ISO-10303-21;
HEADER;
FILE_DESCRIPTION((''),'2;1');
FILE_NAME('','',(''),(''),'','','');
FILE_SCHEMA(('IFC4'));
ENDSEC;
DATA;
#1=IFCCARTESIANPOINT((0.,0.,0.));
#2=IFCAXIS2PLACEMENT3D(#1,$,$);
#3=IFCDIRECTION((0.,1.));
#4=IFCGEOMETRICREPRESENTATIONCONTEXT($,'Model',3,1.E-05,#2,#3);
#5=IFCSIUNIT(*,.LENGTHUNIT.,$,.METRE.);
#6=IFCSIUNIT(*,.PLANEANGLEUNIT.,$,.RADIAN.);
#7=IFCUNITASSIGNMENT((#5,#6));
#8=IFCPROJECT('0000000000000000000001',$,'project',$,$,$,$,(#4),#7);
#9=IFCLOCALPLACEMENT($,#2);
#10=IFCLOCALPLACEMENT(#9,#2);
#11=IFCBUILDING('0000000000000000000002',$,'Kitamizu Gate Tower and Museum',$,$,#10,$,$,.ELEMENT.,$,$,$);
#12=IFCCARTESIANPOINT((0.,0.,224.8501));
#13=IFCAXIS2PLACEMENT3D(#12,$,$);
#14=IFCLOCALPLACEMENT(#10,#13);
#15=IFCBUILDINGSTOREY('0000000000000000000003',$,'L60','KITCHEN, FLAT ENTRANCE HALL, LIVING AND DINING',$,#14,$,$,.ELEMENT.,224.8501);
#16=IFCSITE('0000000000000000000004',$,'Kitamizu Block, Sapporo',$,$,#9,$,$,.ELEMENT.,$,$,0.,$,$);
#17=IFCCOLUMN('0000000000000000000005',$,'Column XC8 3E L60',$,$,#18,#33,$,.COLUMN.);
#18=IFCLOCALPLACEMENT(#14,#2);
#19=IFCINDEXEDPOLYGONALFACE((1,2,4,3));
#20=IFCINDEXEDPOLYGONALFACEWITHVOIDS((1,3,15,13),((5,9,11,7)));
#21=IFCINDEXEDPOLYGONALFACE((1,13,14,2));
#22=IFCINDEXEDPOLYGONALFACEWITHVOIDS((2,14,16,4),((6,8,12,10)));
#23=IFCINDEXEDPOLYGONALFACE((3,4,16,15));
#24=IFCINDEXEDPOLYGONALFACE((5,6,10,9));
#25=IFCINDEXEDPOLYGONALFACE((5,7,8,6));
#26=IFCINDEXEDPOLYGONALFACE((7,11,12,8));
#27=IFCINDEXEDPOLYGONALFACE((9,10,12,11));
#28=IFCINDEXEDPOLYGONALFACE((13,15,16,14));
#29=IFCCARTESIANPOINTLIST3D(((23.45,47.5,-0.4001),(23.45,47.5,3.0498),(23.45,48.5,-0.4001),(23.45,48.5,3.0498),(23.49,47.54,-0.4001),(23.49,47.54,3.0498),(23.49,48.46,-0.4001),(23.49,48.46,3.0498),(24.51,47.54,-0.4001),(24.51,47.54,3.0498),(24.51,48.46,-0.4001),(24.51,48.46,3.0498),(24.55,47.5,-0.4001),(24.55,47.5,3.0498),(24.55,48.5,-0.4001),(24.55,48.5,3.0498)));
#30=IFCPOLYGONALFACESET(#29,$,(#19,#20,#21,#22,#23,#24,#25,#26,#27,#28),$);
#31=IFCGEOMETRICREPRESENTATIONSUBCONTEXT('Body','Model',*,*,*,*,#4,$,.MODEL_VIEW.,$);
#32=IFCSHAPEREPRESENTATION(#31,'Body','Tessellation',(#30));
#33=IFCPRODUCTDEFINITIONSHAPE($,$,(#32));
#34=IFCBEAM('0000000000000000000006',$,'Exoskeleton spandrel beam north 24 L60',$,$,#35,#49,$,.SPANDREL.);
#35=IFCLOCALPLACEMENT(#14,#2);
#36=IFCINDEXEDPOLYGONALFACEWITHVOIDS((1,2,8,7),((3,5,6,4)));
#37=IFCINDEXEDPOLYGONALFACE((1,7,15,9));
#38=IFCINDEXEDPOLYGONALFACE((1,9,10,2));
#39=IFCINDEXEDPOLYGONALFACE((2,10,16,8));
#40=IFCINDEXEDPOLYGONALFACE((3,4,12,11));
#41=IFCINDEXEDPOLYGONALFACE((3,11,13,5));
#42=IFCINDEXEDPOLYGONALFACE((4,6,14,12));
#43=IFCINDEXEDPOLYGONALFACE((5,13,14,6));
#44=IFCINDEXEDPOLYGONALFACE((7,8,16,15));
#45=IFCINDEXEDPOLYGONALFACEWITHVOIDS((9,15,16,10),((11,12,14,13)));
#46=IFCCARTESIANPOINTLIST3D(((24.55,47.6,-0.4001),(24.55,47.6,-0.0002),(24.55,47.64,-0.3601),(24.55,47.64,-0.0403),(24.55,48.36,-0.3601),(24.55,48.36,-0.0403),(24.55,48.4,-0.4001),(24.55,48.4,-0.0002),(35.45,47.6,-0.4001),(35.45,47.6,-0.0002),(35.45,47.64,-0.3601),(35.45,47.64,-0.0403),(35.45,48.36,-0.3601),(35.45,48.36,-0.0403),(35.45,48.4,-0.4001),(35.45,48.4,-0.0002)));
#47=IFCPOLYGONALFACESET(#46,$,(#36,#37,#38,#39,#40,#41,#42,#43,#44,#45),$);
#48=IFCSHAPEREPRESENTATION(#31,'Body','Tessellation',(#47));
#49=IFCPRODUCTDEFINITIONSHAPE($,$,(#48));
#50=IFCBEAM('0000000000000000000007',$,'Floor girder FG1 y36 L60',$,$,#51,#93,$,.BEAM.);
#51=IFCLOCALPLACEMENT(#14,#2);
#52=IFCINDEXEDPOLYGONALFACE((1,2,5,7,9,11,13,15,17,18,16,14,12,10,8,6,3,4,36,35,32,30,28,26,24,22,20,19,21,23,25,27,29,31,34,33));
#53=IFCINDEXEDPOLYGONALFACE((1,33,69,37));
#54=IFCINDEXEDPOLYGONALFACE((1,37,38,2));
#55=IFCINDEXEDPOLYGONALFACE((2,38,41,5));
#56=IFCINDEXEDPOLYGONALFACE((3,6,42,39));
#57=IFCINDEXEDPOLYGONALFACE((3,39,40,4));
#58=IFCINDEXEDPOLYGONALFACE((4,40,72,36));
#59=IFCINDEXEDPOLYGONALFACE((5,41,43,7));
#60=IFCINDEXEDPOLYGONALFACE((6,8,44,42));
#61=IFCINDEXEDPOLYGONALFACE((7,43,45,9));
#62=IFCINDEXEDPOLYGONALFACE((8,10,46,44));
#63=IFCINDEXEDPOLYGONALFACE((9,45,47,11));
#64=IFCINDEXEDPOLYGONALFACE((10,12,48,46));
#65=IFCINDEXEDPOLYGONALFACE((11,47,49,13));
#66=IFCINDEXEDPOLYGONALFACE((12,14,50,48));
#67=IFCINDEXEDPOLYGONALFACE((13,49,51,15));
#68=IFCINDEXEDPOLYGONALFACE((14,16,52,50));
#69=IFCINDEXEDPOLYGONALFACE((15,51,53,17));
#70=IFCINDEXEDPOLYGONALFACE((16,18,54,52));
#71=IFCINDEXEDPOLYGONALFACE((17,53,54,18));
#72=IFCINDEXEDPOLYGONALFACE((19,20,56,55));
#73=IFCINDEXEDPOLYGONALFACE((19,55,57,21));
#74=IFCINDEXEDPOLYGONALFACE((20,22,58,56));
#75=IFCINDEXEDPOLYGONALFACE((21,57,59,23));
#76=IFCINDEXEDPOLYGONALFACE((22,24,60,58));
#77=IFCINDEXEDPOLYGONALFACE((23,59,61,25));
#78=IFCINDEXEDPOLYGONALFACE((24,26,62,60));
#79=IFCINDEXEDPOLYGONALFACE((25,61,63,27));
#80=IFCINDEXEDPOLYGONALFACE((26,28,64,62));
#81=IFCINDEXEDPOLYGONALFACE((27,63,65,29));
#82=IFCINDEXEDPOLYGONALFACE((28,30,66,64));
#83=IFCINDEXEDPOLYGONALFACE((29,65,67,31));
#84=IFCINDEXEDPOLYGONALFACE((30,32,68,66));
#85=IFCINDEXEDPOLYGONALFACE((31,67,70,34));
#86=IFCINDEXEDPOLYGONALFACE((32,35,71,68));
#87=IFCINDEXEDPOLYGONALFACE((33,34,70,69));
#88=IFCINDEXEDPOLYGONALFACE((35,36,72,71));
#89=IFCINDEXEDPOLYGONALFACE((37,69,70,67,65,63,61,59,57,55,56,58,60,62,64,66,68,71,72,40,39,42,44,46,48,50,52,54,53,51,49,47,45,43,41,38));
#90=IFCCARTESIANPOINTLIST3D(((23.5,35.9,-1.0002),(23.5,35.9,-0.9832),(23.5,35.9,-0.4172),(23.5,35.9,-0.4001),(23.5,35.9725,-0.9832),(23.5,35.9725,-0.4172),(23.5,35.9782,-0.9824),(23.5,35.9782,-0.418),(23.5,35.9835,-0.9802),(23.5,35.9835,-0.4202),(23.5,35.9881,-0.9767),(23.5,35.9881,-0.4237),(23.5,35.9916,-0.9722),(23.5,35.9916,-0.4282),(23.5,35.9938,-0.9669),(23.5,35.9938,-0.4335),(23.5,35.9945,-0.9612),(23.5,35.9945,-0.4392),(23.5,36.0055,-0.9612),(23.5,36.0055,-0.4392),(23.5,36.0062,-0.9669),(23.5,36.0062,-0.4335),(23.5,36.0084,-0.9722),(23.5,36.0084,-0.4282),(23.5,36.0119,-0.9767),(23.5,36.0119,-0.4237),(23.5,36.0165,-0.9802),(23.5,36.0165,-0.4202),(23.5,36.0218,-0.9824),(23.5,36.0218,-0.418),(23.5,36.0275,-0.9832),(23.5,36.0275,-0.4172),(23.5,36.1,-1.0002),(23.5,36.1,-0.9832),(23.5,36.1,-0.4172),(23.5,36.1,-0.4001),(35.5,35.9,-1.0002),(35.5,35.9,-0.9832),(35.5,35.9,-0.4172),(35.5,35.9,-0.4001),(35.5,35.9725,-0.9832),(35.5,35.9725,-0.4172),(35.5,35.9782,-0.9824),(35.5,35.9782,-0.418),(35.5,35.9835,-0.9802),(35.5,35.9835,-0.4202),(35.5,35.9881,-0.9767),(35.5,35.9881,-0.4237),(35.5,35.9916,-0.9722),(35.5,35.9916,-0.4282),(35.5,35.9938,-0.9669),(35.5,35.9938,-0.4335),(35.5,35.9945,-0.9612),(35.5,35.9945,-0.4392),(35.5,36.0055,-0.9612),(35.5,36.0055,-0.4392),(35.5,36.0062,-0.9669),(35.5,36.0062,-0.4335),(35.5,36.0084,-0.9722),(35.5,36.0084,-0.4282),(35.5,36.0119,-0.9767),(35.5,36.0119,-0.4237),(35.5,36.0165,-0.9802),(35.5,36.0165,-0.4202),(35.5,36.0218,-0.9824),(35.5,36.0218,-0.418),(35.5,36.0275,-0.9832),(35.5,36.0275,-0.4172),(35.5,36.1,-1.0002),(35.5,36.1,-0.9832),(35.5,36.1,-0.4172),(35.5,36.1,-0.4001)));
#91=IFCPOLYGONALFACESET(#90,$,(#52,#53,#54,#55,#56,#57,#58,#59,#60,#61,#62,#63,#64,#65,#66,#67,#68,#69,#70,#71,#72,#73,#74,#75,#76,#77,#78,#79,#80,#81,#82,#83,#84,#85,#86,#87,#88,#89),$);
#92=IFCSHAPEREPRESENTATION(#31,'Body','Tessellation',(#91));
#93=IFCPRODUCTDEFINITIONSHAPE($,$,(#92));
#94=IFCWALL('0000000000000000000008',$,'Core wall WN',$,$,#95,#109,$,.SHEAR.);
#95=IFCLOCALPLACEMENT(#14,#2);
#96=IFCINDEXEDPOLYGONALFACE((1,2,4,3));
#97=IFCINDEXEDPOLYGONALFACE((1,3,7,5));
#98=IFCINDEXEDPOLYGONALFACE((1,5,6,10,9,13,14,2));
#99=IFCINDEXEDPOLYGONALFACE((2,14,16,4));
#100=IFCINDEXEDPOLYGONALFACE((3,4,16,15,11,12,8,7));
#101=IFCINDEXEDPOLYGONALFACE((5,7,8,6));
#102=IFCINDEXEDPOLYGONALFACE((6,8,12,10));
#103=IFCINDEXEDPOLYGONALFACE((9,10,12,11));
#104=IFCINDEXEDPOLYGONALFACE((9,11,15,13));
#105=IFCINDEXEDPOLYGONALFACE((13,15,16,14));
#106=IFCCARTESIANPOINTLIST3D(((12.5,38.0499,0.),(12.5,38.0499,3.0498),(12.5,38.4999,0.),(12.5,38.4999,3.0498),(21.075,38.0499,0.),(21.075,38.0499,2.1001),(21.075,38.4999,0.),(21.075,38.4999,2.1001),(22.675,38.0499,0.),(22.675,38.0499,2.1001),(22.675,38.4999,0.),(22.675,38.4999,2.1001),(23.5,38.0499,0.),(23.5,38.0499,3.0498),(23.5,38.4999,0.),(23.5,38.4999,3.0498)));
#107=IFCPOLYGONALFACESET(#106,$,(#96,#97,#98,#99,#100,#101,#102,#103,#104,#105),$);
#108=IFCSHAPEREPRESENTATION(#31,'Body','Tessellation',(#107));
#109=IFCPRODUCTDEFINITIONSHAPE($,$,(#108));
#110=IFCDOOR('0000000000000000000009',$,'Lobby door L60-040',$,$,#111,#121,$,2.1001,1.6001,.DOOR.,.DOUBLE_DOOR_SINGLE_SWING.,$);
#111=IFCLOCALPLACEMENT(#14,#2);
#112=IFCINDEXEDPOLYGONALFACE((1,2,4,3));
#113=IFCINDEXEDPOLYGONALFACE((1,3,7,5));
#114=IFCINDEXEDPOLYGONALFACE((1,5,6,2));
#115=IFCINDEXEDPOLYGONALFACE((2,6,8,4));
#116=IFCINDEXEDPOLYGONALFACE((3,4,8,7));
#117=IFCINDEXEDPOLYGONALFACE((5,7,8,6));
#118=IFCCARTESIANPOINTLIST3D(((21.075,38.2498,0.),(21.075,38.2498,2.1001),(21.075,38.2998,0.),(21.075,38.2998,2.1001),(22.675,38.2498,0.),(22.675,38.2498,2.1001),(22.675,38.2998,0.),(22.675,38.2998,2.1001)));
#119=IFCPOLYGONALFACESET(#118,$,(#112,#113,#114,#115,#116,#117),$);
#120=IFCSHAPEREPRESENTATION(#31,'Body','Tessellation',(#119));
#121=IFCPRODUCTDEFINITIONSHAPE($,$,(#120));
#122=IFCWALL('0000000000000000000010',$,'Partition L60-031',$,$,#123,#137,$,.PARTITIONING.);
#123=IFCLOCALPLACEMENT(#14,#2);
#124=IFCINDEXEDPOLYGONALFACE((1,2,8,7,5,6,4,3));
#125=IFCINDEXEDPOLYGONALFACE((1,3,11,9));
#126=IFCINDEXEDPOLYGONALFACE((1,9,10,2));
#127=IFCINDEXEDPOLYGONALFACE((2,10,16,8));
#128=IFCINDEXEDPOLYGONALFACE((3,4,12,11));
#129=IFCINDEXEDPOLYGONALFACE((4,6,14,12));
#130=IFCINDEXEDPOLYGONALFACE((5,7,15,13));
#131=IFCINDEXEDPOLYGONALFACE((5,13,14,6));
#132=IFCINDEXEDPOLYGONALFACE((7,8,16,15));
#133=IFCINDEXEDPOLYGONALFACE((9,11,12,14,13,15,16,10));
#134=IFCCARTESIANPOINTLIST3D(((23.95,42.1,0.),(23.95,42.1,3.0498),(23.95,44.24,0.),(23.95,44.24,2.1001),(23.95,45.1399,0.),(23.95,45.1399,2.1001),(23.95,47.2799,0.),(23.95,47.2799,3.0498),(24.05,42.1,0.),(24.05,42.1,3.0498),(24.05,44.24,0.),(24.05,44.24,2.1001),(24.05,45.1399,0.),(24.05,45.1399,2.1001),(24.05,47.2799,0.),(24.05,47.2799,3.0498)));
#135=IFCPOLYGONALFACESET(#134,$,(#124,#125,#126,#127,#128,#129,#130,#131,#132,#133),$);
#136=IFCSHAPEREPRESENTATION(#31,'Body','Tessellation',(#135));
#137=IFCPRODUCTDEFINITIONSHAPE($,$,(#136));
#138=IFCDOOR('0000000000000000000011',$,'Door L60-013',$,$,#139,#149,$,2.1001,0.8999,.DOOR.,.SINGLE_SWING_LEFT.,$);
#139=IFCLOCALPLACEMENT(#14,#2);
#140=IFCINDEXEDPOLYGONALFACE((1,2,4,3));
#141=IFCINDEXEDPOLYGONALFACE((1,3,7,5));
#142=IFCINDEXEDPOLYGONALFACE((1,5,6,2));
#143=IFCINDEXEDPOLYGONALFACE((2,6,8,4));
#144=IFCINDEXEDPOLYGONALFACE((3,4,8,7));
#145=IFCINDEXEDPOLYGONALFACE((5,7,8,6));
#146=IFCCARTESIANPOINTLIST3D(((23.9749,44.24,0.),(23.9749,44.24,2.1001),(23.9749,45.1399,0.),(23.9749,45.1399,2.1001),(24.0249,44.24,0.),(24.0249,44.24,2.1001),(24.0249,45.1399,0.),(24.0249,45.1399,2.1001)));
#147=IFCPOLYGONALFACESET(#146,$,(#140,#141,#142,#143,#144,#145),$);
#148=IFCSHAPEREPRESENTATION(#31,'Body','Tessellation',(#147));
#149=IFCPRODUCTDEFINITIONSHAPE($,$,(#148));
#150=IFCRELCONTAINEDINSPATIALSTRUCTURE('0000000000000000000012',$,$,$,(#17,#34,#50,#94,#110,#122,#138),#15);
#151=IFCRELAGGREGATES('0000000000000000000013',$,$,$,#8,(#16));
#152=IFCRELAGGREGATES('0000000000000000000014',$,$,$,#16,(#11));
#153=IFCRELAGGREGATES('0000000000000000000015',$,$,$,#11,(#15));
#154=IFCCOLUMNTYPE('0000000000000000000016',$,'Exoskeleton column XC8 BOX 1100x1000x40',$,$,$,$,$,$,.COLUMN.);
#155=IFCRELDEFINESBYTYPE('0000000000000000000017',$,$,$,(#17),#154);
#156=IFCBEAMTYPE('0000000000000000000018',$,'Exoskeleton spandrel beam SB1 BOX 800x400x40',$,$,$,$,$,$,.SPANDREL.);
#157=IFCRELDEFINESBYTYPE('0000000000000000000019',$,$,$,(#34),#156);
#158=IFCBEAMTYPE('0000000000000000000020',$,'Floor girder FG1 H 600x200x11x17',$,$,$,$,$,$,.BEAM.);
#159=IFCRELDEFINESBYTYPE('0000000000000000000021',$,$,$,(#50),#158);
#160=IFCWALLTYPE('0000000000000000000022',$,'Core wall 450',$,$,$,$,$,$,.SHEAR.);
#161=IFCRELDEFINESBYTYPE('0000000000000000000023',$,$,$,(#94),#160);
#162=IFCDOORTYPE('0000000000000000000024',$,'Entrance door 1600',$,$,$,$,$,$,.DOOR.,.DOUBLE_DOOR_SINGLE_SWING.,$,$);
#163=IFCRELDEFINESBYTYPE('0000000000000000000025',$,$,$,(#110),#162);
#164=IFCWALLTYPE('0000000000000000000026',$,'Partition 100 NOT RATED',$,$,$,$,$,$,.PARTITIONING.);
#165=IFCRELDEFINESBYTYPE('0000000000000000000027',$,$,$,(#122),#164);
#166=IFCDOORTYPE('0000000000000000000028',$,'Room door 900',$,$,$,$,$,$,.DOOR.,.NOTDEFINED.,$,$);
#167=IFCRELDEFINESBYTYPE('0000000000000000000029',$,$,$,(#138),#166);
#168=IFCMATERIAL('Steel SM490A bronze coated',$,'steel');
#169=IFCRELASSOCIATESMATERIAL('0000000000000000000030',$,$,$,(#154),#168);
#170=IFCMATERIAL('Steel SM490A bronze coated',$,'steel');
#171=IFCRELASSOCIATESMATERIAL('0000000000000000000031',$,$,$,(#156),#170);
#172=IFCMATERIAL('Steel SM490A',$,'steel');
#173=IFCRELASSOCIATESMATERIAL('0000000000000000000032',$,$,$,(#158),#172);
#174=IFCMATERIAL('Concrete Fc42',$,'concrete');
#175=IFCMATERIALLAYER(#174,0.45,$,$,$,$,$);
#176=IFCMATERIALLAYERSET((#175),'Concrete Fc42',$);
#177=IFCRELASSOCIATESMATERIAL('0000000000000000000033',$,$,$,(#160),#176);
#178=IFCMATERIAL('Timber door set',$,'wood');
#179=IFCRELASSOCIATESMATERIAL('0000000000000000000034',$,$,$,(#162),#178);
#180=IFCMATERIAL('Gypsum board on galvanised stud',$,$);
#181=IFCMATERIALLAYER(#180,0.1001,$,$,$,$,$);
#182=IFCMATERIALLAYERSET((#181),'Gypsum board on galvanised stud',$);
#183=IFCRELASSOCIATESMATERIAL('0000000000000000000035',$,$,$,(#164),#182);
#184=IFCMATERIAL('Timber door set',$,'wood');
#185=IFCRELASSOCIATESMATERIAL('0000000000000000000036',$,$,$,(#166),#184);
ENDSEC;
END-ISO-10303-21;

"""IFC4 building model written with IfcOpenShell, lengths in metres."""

from ifc_helpers import new_model, si_unit, direction, frame, frame_2d, origin, origin_2d, place, context, subcontext, project, spatial, rectangle, hollow_rectangle, i_section, extrude, material, layer, layer_set, material_profile, profile_set, type_object, element, fill, save


model = new_model("IFC4")

# Units and contexts
model_context = context("Model", 3, precision=1e-05, world=origin(), true_north=direction((0.0, 1.0)))
body_context = subcontext(model_context, "Body", "Model", "MODEL_VIEW")
ifc_project = project(units=[si_unit("LENGTHUNIT", "METRE"), si_unit("PLANEANGLEUNIT", "RADIAN")], contexts=[model_context])

# Site, building, storey
site_placement = place(None, origin())
site = spatial("IfcSite", under=ifc_project, at=site_placement, Name="Kitamizu Block, Sapporo", CompositionType="ELEMENT", RefElevation=0.0)
building_placement = place(site_placement, origin())
building = spatial("IfcBuilding", under=site, at=building_placement, Name="Kitamizu Gate Tower and Museum", CompositionType="ELEMENT")
storey_placement = place(building_placement, frame((0.0, 0.0, 224.8501)))
storey = spatial("IfcBuildingStorey", under=building, at=storey_placement, Name="L60", Description="KITCHEN, FLAT ENTRANCE HALL, LIVING AND DINING", CompositionType="ELEMENT", Elevation=224.8501)

# Column
ifc_material_1 = material(Name="Steel SM490A bronze coated", Category="steel")
ifc_material_profile_1 = material_profile(ifc_material_1, hollow_rectangle(XDim=1.1001, YDim=1.0, WallThickness=0.04, at=origin_2d()), Name="BOX 1100x1000x40")
ifc_profile_set_1 = profile_set([ifc_material_profile_1], Name="Steel SM490A bronze coated")
column_type = type_object("IfcColumnType", Name="Exoskeleton column XC8 BOX 1100x1000x40", PredefinedType="COLUMN", material=ifc_profile_set_1)
column_placement = place(storey_placement, frame((24.0, 48.0, -0.4001), z_axis=(0.0, 0.0, 1.0), x_axis=(1.0, 0.0, 0.0)))
element("IfcColumn", 1, at=column_placement, inside=storey, type_object=column_type, Name="Column XC8 3E L60", PredefinedType="COLUMN", context=body_context, shape_type="SweptSolid", body=[
    extrude(hollow_rectangle(XDim=1.1001, YDim=1.0, WallThickness=0.04, at=origin_2d()), origin(), (0.0, 0.0, 1.0), 3.45),
])

# Beams
ifc_material_2 = material(Name="Steel SM490A bronze coated", Category="steel")
ifc_material_profile_2 = material_profile(ifc_material_2, hollow_rectangle(XDim=0.8, YDim=0.3999, WallThickness=0.04, at=origin_2d()), Name="BOX 800x400x40")
ifc_profile_set_2 = profile_set([ifc_material_profile_2], Name="Steel SM490A bronze coated")
beam_type_1 = type_object("IfcBeamType", Name="Exoskeleton spandrel beam SB1 BOX 800x400x40", PredefinedType="SPANDREL", material=ifc_profile_set_2)
beam_1_placement = place(storey_placement, frame((24.55, 48.0, -0.2002), z_axis=(1.0, 0.0, 0.0), x_axis=(0.0, 1.0, 0.0)))
element("IfcBeam", 2, at=beam_1_placement, inside=storey, type_object=beam_type_1, Name="Exoskeleton spandrel beam north 24 L60", PredefinedType="SPANDREL", context=body_context, shape_type="SweptSolid", body=[
    extrude(hollow_rectangle(XDim=0.8, YDim=0.3999, WallThickness=0.04, at=origin_2d()), origin(), (0.0, 0.0, 1.0), 10.8999),
])
ifc_material_3 = material(Name="Steel SM490A", Category="steel")
ifc_material_profile_3 = material_profile(ifc_material_3, i_section(OverallWidth=0.2, OverallDepth=0.6001, WebThickness=0.011, FlangeThickness=0.0171, FilletRadius=0.022, at=origin_2d()), Name="H-600x200x11x17")
ifc_profile_set_3 = profile_set([ifc_material_profile_3], Name="Steel SM490A")
beam_type_2 = type_object("IfcBeamType", Name="Floor girder FG1 H 600x200x11x17", PredefinedType="BEAM", material=ifc_profile_set_3)
beam_2_placement = place(storey_placement, frame((23.5, 36.0, -0.7002), z_axis=(1.0, 0.0, 0.0), x_axis=(0.0, 1.0, 0.0)))
element("IfcBeam", 3, at=beam_2_placement, inside=storey, type_object=beam_type_2, Name="Floor girder FG1 y36 L60", PredefinedType="BEAM", context=body_context, shape_type="SweptSolid", body=[
    extrude(i_section(OverallWidth=0.2, OverallDepth=0.6001, WebThickness=0.011, FlangeThickness=0.0171, FilletRadius=0.022, at=origin_2d()), origin(), (0.0, 0.0, 1.0), 12.0),
])

# Walls, openings, doors
ifc_material_4 = material(Name="Concrete Fc42", Category="concrete")
ifc_layer_1 = layer(ifc_material_4, 0.45)
ifc_layer_set_1 = layer_set([ifc_layer_1], Name="Concrete Fc42")
wall_type_1 = type_object("IfcWallType", Name="Core wall 450", PredefinedType="SHEAR", material=ifc_layer_set_1)
wall_1_placement = place(storey_placement, frame((12.5, 38.2749, 0.0), z_axis=(0.0, 0.0, 1.0), x_axis=(1.0, 0.0, 0.0)))
wall_1 = element("IfcWall", 4, at=wall_1_placement, inside=storey, type_object=wall_type_1, Name="Core wall WN", PredefinedType="SHEAR", context=body_context, shape_type="SweptSolid", body=[
    extrude(rectangle(XDim=11.0, YDim=0.45, at=frame_2d((5.5, 0.0))), origin(), (0.0, 0.0, 1.0), 3.0498),
])
opening_1_placement = place(wall_1_placement, frame((8.575, 0.0, 0.0)))
opening_1 = element("IfcOpeningElement", 5, at=opening_1_placement, cuts=wall_1, PredefinedType="OPENING", context=body_context, shape_type="SweptSolid", body=[
    extrude(rectangle(XDim=1.6001, YDim=2.1001, at=frame_2d((0.8, 1.05))), frame((0.0, 0.2349, 0.0), z_axis=(0.0, -1.0, 0.0), x_axis=(1.0, 0.0, 0.0)), (0.0, 0.0, 1.0), 0.47),
])
ifc_material_5 = material(Name="Timber door set", Category="wood")
door_type_1 = type_object("IfcDoorType", Name="Entrance door 1600", OperationType="DOUBLE_DOOR_SINGLE_SWING", PredefinedType="DOOR", material=ifc_material_5)
door_1_placement = place(opening_1_placement, origin())
door_1 = element("IfcDoor", 6, at=door_1_placement, inside=storey, type_object=door_type_1, Name="Lobby door L60-040", OperationType="DOUBLE_DOOR_SINGLE_SWING", OverallHeight=2.1001, OverallWidth=1.6001, PredefinedType="DOOR", context=body_context, shape_type="SweptSolid", body=[
    extrude(rectangle(XDim=1.6001, YDim=2.1001, at=frame_2d((0.8, 1.05))), frame((0.0, 0.0249, 0.0), z_axis=(0.0, -1.0, 0.0), x_axis=(1.0, 0.0, 0.0)), (0.0, 0.0, 1.0), 0.05),
])
fill(opening_1, door_1)
ifc_material_6 = material(Name="Gypsum board on galvanised stud")
ifc_layer_2 = layer(ifc_material_6, 0.1001)
ifc_layer_set_2 = layer_set([ifc_layer_2], Name="Gypsum board on galvanised stud")
wall_type_2 = type_object("IfcWallType", Name="Partition 100 NOT RATED", PredefinedType="PARTITIONING", material=ifc_layer_set_2)
wall_2_placement = place(storey_placement, frame((24.0, 42.1001, 0.0), z_axis=(0.0, 0.0, 1.0), x_axis=(0.0, 1.0, 0.0)))
wall_2 = element("IfcWall", 7, at=wall_2_placement, inside=storey, type_object=wall_type_2, Name="Partition L60-031", PredefinedType="PARTITIONING", context=body_context, shape_type="SweptSolid", body=[
    extrude(rectangle(XDim=5.1799, YDim=0.1001, at=frame_2d((2.5898, 0.0))), origin(), (0.0, 0.0, 1.0), 3.0498),
])
opening_2_placement = place(wall_2_placement, frame((2.1399, 0.0, 0.0)))
opening_2 = element("IfcOpeningElement", 8, at=opening_2_placement, cuts=wall_2, PredefinedType="OPENING", context=body_context, shape_type="SweptSolid", body=[
    extrude(rectangle(XDim=0.8999, YDim=2.1001, at=frame_2d((0.45, 1.05))), frame((0.0, 0.0601, 0.0), z_axis=(0.0, -1.0, 0.0), x_axis=(1.0, 0.0, 0.0)), (0.0, 0.0, 1.0), 0.1201),
])
ifc_material_7 = material(Name="Timber door set", Category="wood")
door_type_2 = type_object("IfcDoorType", Name="Room door 900", OperationType="NOTDEFINED", PredefinedType="DOOR", material=ifc_material_7)
door_2_placement = place(opening_2_placement, frame((0.8999, 0.0, 0.0), x_axis=(-1.0, 0.0, 0.0)))
door_2 = element("IfcDoor", 9, at=door_2_placement, inside=storey, type_object=door_type_2, Name="Door L60-013", OperationType="SINGLE_SWING_LEFT", OverallHeight=2.1001, OverallWidth=0.8999, PredefinedType="DOOR", context=body_context, shape_type="SweptSolid", body=[
    extrude(rectangle(XDim=0.8999, YDim=2.1001, at=frame_2d((0.45, 1.05))), frame((0.0, 0.0249, 0.0), z_axis=(0.0, -1.0, 0.0), x_axis=(1.0, 0.0, 0.0)), (0.0, 0.0, 1.0), 0.05),
])
fill(opening_2, door_2)

save(model, "model.ifc")
